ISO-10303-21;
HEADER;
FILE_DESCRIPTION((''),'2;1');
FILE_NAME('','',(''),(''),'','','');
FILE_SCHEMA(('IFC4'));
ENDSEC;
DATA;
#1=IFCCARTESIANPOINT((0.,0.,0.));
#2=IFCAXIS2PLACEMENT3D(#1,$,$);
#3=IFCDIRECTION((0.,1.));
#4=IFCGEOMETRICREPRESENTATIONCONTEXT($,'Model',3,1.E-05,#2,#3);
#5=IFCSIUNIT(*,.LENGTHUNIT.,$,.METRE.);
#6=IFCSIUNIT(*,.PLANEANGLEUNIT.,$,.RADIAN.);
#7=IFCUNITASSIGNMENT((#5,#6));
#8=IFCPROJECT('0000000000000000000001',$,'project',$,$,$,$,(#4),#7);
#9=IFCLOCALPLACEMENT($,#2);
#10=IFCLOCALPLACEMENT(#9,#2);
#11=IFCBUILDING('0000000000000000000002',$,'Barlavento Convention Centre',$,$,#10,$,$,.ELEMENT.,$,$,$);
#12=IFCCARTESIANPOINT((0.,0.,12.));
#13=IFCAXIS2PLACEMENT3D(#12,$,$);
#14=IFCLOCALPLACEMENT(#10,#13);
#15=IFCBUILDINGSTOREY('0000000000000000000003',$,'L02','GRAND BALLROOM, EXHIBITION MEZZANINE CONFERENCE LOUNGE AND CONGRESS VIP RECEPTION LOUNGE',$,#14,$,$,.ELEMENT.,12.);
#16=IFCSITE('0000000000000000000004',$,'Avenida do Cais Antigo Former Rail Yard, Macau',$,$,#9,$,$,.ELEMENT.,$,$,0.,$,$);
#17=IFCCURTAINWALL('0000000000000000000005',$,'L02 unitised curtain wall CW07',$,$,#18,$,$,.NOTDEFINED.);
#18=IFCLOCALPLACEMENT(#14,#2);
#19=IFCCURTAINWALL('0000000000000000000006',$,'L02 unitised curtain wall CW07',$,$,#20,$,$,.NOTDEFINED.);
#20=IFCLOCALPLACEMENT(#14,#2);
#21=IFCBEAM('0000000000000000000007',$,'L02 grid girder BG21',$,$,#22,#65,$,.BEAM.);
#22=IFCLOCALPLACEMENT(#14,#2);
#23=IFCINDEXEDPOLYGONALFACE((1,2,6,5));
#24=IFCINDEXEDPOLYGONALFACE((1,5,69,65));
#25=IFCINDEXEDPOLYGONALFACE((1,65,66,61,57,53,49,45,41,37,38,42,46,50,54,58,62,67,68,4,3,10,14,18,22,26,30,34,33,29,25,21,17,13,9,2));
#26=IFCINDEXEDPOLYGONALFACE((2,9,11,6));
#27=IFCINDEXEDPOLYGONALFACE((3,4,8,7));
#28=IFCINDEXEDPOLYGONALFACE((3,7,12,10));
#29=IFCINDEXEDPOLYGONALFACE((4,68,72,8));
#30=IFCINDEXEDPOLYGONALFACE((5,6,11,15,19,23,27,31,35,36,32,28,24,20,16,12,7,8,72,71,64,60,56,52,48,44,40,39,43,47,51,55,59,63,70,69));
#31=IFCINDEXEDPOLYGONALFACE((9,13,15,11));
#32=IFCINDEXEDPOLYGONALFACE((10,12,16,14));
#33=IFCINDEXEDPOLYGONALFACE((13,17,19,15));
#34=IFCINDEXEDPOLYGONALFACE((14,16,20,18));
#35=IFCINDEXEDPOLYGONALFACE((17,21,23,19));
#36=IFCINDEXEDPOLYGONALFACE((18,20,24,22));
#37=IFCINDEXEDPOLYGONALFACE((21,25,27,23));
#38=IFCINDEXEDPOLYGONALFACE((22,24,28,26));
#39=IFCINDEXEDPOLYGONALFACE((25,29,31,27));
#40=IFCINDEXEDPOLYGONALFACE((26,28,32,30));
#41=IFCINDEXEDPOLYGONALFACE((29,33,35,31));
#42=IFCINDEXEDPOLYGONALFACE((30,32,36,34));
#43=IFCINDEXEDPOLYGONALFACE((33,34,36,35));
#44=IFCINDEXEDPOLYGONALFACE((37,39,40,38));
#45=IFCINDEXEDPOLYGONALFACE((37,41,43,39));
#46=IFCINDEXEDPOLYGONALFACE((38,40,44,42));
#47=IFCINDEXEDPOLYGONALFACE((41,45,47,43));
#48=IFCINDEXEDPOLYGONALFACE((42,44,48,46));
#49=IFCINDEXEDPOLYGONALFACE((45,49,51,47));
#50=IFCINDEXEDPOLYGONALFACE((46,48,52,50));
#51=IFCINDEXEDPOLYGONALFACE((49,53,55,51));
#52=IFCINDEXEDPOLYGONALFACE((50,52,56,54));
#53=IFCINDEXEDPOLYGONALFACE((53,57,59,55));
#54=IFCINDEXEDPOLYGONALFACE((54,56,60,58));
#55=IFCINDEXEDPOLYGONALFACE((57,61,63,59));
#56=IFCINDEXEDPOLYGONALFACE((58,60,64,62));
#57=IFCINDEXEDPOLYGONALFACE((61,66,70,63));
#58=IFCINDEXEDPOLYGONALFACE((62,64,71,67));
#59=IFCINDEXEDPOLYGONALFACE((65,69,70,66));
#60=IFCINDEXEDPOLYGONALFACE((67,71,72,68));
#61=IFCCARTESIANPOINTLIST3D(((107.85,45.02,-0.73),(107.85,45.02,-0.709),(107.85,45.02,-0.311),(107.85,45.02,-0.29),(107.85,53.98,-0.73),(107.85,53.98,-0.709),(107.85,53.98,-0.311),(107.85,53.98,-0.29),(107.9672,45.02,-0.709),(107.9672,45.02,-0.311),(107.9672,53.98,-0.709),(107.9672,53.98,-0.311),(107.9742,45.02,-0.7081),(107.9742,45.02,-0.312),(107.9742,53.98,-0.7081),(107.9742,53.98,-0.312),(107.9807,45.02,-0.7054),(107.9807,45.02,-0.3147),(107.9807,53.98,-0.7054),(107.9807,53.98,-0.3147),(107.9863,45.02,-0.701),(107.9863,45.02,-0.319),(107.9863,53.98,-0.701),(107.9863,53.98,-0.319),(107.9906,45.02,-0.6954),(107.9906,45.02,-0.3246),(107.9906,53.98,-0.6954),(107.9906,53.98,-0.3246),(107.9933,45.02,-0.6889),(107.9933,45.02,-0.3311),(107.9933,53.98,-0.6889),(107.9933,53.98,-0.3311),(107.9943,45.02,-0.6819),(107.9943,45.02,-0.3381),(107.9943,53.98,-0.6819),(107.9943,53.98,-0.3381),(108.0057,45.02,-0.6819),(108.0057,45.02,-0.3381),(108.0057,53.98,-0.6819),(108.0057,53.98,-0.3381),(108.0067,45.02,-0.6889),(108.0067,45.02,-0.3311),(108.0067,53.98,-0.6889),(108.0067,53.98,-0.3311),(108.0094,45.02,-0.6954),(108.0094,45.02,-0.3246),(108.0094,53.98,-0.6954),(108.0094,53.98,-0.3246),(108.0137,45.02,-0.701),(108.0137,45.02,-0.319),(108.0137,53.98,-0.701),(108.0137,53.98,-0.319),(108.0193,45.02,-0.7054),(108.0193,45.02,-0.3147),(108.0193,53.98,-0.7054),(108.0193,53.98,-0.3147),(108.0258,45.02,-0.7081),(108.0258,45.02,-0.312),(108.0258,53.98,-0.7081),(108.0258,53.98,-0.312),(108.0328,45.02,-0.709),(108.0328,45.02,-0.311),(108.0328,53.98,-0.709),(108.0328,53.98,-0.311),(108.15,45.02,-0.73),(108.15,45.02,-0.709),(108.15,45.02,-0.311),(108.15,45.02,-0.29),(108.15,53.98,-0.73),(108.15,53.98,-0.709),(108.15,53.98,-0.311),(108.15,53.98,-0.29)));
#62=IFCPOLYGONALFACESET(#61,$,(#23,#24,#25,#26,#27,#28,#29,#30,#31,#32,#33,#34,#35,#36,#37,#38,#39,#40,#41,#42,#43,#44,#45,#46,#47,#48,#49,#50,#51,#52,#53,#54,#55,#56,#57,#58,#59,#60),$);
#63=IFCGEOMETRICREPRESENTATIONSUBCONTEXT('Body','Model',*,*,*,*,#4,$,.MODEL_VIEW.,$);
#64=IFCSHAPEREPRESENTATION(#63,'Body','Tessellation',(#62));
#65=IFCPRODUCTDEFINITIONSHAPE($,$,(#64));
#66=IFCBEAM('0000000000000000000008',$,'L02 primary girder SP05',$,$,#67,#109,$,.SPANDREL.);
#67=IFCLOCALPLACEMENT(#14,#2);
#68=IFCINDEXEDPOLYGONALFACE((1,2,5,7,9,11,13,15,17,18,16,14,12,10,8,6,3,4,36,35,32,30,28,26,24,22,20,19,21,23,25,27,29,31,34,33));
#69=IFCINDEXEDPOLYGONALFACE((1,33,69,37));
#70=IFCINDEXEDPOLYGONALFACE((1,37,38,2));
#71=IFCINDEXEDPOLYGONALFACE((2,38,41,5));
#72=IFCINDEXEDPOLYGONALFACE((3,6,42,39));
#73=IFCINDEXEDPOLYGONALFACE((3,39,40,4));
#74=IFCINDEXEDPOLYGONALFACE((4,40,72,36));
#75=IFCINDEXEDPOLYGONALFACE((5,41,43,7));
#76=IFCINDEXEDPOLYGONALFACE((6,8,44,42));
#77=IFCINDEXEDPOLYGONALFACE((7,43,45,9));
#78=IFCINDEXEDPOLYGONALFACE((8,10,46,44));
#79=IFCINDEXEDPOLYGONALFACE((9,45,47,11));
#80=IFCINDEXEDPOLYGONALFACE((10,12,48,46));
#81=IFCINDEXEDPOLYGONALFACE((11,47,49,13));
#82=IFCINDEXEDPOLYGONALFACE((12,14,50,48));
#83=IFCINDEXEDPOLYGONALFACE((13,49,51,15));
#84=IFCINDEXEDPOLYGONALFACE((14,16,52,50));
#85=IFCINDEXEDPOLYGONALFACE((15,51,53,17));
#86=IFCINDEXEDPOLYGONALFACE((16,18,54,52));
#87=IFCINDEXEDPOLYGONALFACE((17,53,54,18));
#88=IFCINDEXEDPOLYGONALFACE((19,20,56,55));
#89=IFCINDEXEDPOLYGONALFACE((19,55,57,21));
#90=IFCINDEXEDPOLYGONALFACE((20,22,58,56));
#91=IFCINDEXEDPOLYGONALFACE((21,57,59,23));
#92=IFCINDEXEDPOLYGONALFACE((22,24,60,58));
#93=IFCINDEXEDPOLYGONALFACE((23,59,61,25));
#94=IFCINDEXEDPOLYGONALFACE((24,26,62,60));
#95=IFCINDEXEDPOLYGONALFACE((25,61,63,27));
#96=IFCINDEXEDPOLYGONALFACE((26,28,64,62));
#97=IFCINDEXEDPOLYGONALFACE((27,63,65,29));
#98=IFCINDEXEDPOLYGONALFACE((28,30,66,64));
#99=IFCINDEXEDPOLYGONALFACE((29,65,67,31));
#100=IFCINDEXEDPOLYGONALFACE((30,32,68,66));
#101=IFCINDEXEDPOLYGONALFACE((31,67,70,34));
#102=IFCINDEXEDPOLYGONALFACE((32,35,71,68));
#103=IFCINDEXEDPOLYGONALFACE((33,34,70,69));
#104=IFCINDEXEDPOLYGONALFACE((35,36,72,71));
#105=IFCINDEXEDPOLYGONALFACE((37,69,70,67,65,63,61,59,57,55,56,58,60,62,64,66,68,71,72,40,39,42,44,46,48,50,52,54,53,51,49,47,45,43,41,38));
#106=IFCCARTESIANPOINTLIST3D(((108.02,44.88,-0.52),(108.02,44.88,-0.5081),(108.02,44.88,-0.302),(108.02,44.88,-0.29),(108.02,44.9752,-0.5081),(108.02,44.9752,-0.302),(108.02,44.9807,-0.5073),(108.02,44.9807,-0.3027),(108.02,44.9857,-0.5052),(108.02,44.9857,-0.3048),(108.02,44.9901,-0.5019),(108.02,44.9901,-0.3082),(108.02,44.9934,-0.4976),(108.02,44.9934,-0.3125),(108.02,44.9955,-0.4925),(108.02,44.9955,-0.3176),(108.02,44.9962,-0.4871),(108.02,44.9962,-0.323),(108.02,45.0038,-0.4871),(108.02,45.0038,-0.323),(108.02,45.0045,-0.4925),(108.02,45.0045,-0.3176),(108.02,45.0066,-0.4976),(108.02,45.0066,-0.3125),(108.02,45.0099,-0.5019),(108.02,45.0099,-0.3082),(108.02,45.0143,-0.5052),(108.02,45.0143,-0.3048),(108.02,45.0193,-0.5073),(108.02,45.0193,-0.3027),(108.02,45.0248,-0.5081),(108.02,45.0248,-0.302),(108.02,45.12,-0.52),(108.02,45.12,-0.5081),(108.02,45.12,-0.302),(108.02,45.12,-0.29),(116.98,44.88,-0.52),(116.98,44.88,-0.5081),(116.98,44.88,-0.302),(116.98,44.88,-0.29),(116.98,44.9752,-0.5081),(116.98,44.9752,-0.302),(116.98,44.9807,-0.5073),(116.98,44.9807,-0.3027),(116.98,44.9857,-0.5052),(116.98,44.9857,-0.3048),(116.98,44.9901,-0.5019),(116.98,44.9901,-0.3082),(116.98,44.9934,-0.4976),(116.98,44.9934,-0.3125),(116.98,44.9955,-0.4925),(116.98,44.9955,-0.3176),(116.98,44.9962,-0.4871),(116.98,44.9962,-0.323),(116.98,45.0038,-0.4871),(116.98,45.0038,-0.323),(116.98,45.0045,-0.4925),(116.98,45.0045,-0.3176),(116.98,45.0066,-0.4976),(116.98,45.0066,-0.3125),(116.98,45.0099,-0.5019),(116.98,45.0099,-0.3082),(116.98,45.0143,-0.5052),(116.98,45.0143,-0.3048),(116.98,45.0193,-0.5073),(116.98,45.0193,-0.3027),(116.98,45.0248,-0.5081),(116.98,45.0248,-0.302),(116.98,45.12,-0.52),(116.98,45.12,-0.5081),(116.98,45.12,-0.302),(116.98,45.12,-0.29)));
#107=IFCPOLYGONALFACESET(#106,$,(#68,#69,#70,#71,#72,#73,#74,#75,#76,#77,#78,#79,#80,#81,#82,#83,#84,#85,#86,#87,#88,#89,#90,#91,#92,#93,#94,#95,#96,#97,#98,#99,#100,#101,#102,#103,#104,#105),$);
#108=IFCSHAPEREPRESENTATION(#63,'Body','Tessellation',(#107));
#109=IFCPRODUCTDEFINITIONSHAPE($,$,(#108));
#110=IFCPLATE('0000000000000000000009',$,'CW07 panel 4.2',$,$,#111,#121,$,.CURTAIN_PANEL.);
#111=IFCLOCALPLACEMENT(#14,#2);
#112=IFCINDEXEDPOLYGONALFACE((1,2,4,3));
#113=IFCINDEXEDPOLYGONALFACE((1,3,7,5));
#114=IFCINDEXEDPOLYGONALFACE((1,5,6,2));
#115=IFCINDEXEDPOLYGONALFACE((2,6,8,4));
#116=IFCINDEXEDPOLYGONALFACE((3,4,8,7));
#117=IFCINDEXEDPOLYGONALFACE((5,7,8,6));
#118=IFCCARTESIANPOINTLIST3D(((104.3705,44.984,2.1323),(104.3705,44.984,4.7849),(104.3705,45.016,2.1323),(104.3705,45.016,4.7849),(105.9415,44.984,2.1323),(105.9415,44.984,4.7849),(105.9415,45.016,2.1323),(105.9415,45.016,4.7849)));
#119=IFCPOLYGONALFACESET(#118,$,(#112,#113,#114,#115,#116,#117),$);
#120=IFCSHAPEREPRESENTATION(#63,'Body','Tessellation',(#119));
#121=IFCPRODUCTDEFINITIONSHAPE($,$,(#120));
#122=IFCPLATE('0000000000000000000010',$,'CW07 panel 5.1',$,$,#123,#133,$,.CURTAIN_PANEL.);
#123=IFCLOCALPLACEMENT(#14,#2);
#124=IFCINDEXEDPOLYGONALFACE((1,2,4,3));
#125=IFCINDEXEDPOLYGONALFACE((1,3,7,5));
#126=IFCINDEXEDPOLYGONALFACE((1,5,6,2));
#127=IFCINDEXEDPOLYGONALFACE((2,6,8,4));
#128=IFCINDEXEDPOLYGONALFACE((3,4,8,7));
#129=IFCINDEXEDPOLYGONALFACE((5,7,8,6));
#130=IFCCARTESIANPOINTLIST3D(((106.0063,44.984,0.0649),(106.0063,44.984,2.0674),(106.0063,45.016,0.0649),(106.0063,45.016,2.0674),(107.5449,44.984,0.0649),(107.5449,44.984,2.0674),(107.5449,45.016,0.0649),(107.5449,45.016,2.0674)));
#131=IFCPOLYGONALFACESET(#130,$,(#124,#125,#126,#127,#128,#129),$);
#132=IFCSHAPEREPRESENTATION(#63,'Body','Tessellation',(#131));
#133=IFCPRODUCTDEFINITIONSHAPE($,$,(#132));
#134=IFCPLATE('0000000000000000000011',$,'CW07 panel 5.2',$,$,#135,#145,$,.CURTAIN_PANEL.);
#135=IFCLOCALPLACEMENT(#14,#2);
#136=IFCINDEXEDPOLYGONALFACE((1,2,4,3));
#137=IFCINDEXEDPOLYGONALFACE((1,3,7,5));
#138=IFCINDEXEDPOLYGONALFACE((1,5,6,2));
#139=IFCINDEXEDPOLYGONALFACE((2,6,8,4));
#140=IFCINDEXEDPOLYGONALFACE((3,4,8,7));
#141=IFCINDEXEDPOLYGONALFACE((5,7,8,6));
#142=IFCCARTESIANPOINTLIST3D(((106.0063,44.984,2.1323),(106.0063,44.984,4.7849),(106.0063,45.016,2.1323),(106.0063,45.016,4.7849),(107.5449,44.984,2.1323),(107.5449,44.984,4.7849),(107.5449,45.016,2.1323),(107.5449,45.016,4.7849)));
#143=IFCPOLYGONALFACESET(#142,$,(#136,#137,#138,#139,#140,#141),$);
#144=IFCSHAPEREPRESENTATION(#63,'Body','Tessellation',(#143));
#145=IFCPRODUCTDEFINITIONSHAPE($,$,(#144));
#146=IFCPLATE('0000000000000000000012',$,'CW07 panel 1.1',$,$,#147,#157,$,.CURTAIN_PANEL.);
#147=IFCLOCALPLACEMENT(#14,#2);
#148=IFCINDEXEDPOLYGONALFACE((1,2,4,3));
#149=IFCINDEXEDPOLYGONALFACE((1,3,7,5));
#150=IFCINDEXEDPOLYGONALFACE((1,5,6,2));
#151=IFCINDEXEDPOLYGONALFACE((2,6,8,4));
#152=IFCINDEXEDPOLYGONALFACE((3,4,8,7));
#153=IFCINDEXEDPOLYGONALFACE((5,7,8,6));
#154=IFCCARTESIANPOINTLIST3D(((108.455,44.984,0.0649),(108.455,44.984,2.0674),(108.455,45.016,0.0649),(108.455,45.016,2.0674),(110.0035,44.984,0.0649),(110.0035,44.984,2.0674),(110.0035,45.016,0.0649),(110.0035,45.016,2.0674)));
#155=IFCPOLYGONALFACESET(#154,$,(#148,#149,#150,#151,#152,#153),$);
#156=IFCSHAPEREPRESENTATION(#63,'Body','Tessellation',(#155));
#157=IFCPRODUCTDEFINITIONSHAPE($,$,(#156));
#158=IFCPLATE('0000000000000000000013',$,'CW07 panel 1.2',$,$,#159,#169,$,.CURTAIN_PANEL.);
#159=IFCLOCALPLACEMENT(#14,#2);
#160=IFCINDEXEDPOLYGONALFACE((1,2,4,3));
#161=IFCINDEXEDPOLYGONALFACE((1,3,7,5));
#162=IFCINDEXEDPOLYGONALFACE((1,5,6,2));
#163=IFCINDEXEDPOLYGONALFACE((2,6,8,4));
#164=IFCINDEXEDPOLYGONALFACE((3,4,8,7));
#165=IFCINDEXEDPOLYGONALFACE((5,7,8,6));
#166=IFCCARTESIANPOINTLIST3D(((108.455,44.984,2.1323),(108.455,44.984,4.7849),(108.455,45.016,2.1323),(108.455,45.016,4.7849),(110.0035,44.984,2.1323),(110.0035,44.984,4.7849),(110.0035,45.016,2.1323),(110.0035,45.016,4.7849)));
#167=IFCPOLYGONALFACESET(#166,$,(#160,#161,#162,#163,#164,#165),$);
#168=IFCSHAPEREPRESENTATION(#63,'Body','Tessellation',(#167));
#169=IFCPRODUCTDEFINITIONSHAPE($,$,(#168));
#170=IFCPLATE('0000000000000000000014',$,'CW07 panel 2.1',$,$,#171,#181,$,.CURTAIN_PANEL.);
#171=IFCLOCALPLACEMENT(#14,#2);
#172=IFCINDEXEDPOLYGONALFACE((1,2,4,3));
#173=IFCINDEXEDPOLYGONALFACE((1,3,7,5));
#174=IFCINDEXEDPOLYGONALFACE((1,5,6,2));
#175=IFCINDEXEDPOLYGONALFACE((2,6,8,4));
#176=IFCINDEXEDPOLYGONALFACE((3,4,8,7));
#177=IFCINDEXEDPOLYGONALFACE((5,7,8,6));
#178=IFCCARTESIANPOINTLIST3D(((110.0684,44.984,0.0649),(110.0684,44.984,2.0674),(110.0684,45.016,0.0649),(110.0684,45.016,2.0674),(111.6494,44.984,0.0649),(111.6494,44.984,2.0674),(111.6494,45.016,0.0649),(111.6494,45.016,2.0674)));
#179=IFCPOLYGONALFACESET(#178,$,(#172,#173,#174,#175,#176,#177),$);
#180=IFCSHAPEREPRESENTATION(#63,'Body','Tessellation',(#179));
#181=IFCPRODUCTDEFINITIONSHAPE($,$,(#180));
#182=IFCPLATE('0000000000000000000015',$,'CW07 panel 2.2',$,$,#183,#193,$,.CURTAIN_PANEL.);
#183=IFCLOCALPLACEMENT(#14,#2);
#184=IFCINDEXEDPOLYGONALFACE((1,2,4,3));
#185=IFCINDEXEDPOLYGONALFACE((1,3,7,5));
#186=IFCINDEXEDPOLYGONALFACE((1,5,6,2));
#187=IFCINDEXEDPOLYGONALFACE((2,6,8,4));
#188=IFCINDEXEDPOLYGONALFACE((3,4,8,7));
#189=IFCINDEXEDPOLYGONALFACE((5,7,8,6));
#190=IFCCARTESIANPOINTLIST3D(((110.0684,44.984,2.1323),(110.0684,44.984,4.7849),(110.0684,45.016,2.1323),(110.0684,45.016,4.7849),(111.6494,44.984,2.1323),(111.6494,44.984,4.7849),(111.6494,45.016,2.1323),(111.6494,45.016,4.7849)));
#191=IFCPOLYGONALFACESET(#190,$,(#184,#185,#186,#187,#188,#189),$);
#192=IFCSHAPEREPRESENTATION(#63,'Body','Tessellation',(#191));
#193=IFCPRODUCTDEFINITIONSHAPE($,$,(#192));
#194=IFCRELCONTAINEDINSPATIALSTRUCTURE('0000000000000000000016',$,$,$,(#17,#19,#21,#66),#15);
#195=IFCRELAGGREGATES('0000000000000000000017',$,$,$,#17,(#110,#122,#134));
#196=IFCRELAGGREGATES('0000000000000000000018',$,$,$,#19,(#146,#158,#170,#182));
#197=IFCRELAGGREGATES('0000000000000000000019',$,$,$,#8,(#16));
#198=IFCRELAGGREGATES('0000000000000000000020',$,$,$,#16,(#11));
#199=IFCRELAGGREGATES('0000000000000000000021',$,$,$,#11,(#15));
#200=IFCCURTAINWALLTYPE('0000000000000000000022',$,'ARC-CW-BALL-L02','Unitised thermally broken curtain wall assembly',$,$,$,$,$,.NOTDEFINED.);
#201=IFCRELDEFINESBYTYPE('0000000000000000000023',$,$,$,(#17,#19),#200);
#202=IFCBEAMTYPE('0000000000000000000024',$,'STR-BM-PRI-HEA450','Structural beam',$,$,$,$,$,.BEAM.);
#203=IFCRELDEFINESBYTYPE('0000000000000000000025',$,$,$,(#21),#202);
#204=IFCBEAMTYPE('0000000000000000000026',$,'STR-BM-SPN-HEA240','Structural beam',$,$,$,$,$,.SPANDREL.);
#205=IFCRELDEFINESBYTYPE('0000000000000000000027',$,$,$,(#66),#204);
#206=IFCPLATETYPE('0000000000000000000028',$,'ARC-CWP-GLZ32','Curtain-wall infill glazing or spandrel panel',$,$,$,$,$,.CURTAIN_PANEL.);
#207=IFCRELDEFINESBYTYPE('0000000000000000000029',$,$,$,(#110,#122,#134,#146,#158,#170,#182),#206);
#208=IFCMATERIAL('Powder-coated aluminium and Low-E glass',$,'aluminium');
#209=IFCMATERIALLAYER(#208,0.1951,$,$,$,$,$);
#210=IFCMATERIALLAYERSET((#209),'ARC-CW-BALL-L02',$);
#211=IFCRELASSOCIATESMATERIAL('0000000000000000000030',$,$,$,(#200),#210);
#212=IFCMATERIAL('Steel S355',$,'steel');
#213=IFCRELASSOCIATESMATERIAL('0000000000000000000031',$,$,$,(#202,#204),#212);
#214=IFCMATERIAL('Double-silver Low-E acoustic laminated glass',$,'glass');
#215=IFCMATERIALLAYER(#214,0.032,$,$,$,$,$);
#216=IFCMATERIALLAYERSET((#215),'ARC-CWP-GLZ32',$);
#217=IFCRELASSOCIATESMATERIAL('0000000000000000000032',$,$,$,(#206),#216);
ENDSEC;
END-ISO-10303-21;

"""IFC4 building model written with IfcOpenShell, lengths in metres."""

from ifc_helpers import new_model, si_unit, direction, frame, origin, origin_2d, place, context, subcontext, project, spatial, rectangle, i_section, extrude, material, layer, layer_set, material_profile, profile_set, type_object, element, aggregate, save


model = new_model("IFC4")

# Units and contexts
model_context = context("Model", 3, precision=1e-05, world=origin(), true_north=direction((0.0, 1.0)))
body_context = subcontext(model_context, "Body", "Model", "MODEL_VIEW")
ifc_project = project(units=[si_unit("LENGTHUNIT", "METRE"), si_unit("PLANEANGLEUNIT", "RADIAN")], contexts=[model_context])

# Site, building, storey
site_placement = place(None, origin())
site = spatial("IfcSite", under=ifc_project, at=site_placement, Name="Avenida do Cais Antigo Former Rail Yard, Macau", CompositionType="ELEMENT", RefElevation=0.0)
building_placement = place(site_placement, origin())
building = spatial("IfcBuilding", under=site, at=building_placement, Name="Barlavento Convention Centre", CompositionType="ELEMENT")
storey_placement = place(building_placement, frame((0.0, 0.0, 12.0)))
storey = spatial("IfcBuildingStorey", under=building, at=storey_placement, Name="L02", Description="GRAND BALLROOM, EXHIBITION MEZZANINE CONFERENCE LOUNGE AND CONGRESS VIP RECEPTION LOUNGE", CompositionType="ELEMENT", Elevation=12.0)

# Shared definitions
ifc_material_1 = material(Name="Steel S355", Category="steel")

# Curtain walls
ifc_material_2 = material(Name="Powder-coated aluminium and Low-E glass", Category="aluminium")
ifc_layer_1 = layer(ifc_material_2, 0.1951)
ifc_layer_set_1 = layer_set([ifc_layer_1], Name="ARC-CW-BALL-L02")
curtain_wall_type = type_object("IfcCurtainWallType", Name="ARC-CW-BALL-L02", Description="Unitised thermally broken curtain wall assembly", PredefinedType="NOTDEFINED", material=ifc_layer_set_1)
curtain_wall_1_placement = place(storey_placement, origin())
curtain_wall_1 = element("IfcCurtainWall", 1, at=curtain_wall_1_placement, inside=storey, type_object=curtain_wall_type, Name="L02 unitised curtain wall CW07", PredefinedType="NOTDEFINED")
curtain_wall_2_placement = place(storey_placement, origin())
curtain_wall_2 = element("IfcCurtainWall", 2, at=curtain_wall_2_placement, inside=storey, type_object=curtain_wall_type, Name="L02 unitised curtain wall CW07", PredefinedType="NOTDEFINED")

# Beams
ifc_material_profile_1 = material_profile(ifc_material_1, i_section(OverallWidth=0.3, OverallDepth=0.4399, WebThickness=0.0115, FlangeThickness=0.021, FilletRadius=0.0271, at=origin_2d()), Name="HEA 450")
ifc_profile_set_1 = profile_set([ifc_material_profile_1], Name="Steel S355")
beam_type_1 = type_object("IfcBeamType", Name="STR-BM-PRI-HEA450", Description="Structural beam", PredefinedType="BEAM", material=ifc_profile_set_1)
beam_1_placement = place(storey_placement, frame((108.0, 45.02, -0.51), z_axis=(0.0, 1.0, 0.0), x_axis=(-1.0, 0.0, 0.0)))
element("IfcBeam", 3, at=beam_1_placement, inside=storey, type_object=beam_type_1, Name="L02 grid girder BG21", PredefinedType="BEAM", context=body_context, shape_type="SweptSolid", body=[
    extrude(i_section(OverallWidth=0.3, OverallDepth=0.4399, WebThickness=0.0115, FlangeThickness=0.021, FilletRadius=0.0271, at=origin_2d()), origin(), (0.0, 0.0, 1.0), 8.96),
])
ifc_material_profile_2 = material_profile(ifc_material_1, i_section(OverallWidth=0.24, OverallDepth=0.23, WebThickness=0.0076, FlangeThickness=0.012, FilletRadius=0.021, at=origin_2d()), Name="HEA 240")
ifc_profile_set_2 = profile_set([ifc_material_profile_2], Name="Steel S355")
beam_type_2 = type_object("IfcBeamType", Name="STR-BM-SPN-HEA240", Description="Structural beam", PredefinedType="SPANDREL", material=ifc_profile_set_2)
beam_2_placement = place(storey_placement, frame((108.02, 45.0, -0.405), z_axis=(1.0, 0.0, 0.0), x_axis=(0.0, 1.0, 0.0)))
element("IfcBeam", 4, at=beam_2_placement, inside=storey, type_object=beam_type_2, Name="L02 primary girder SP05", PredefinedType="SPANDREL", context=body_context, shape_type="SweptSolid", body=[
    extrude(i_section(OverallWidth=0.24, OverallDepth=0.23, WebThickness=0.0076, FlangeThickness=0.012, FilletRadius=0.021, at=origin_2d()), origin(), (0.0, 0.0, 1.0), 8.96),
])

# Plates
ifc_material_3 = material(Name="Double-silver Low-E acoustic laminated glass", Category="glass")
ifc_layer_2 = layer(ifc_material_3, 0.032)
ifc_layer_set_2 = layer_set([ifc_layer_2], Name="ARC-CWP-GLZ32")
plate_type = type_object("IfcPlateType", Name="ARC-CWP-GLZ32", Description="Curtain-wall infill glazing or spandrel panel", PredefinedType="CURTAIN_PANEL", material=ifc_layer_set_2)
plate_1_placement = place(storey_placement, frame((105.156, 45.0, 2.1323), z_axis=(0.0, 0.0, 1.0), x_axis=(1.0, 0.0, 0.0)))
plate_1 = element("IfcPlate", 5, at=plate_1_placement, type_object=plate_type, Name="CW07 panel 4.2", PredefinedType="CURTAIN_PANEL", context=body_context, shape_type="SweptSolid", body=[
    extrude(rectangle(XDim=1.571, YDim=0.032, at=origin_2d()), origin(), (0.0, 0.0, 1.0), 2.6526),
])
plate_2_placement = place(storey_placement, frame((106.7756, 45.0, 0.0649), z_axis=(0.0, 0.0, 1.0), x_axis=(1.0, 0.0, 0.0)))
plate_2 = element("IfcPlate", 6, at=plate_2_placement, type_object=plate_type, Name="CW07 panel 5.1", PredefinedType="CURTAIN_PANEL", context=body_context, shape_type="SweptSolid", body=[
    extrude(rectangle(XDim=1.5386, YDim=0.032, at=origin_2d()), origin(), (0.0, 0.0, 1.0), 2.0024),
])
plate_3_placement = place(storey_placement, frame((106.7756, 45.0, 2.1323), z_axis=(0.0, 0.0, 1.0), x_axis=(1.0, 0.0, 0.0)))
plate_3 = element("IfcPlate", 7, at=plate_3_placement, type_object=plate_type, Name="CW07 panel 5.2", PredefinedType="CURTAIN_PANEL", context=body_context, shape_type="SweptSolid", body=[
    extrude(rectangle(XDim=1.5386, YDim=0.032, at=origin_2d()), origin(), (0.0, 0.0, 1.0), 2.6526),
])
aggregate(curtain_wall_1, [plate_1, plate_2, plate_3])
plate_4_placement = place(storey_placement, frame((109.2292, 45.0, 0.0649), z_axis=(0.0, 0.0, 1.0), x_axis=(1.0, 0.0, 0.0)))
plate_4 = element("IfcPlate", 8, at=plate_4_placement, type_object=plate_type, Name="CW07 panel 1.1", PredefinedType="CURTAIN_PANEL", context=body_context, shape_type="SweptSolid", body=[
    extrude(rectangle(XDim=1.5486, YDim=0.032, at=origin_2d()), origin(), (0.0, 0.0, 1.0), 2.0024),
])
plate_5_placement = place(storey_placement, frame((109.2292, 45.0, 2.1323), z_axis=(0.0, 0.0, 1.0), x_axis=(1.0, 0.0, 0.0)))
plate_5 = element("IfcPlate", 9, at=plate_5_placement, type_object=plate_type, Name="CW07 panel 1.2", PredefinedType="CURTAIN_PANEL", context=body_context, shape_type="SweptSolid", body=[
    extrude(rectangle(XDim=1.5486, YDim=0.032, at=origin_2d()), origin(), (0.0, 0.0, 1.0), 2.6526),
])
plate_6_placement = place(storey_placement, frame((110.8589, 45.0, 0.0649), z_axis=(0.0, 0.0, 1.0), x_axis=(1.0, 0.0, 0.0)))
plate_6 = element("IfcPlate", 10, at=plate_6_placement, type_object=plate_type, Name="CW07 panel 2.1", PredefinedType="CURTAIN_PANEL", context=body_context, shape_type="SweptSolid", body=[
    extrude(rectangle(XDim=1.5811, YDim=0.032, at=origin_2d()), origin(), (0.0, 0.0, 1.0), 2.0024),
])
plate_7_placement = place(storey_placement, frame((110.8589, 45.0, 2.1323), z_axis=(0.0, 0.0, 1.0), x_axis=(1.0, 0.0, 0.0)))
plate_7 = element("IfcPlate", 11, at=plate_7_placement, type_object=plate_type, Name="CW07 panel 2.2", PredefinedType="CURTAIN_PANEL", context=body_context, shape_type="SweptSolid", body=[
    extrude(rectangle(XDim=1.5811, YDim=0.032, at=origin_2d()), origin(), (0.0, 0.0, 1.0), 2.6526),
])
aggregate(curtain_wall_2, [plate_4, plate_5, plate_6, plate_7])

save(model, "model.ifc")
